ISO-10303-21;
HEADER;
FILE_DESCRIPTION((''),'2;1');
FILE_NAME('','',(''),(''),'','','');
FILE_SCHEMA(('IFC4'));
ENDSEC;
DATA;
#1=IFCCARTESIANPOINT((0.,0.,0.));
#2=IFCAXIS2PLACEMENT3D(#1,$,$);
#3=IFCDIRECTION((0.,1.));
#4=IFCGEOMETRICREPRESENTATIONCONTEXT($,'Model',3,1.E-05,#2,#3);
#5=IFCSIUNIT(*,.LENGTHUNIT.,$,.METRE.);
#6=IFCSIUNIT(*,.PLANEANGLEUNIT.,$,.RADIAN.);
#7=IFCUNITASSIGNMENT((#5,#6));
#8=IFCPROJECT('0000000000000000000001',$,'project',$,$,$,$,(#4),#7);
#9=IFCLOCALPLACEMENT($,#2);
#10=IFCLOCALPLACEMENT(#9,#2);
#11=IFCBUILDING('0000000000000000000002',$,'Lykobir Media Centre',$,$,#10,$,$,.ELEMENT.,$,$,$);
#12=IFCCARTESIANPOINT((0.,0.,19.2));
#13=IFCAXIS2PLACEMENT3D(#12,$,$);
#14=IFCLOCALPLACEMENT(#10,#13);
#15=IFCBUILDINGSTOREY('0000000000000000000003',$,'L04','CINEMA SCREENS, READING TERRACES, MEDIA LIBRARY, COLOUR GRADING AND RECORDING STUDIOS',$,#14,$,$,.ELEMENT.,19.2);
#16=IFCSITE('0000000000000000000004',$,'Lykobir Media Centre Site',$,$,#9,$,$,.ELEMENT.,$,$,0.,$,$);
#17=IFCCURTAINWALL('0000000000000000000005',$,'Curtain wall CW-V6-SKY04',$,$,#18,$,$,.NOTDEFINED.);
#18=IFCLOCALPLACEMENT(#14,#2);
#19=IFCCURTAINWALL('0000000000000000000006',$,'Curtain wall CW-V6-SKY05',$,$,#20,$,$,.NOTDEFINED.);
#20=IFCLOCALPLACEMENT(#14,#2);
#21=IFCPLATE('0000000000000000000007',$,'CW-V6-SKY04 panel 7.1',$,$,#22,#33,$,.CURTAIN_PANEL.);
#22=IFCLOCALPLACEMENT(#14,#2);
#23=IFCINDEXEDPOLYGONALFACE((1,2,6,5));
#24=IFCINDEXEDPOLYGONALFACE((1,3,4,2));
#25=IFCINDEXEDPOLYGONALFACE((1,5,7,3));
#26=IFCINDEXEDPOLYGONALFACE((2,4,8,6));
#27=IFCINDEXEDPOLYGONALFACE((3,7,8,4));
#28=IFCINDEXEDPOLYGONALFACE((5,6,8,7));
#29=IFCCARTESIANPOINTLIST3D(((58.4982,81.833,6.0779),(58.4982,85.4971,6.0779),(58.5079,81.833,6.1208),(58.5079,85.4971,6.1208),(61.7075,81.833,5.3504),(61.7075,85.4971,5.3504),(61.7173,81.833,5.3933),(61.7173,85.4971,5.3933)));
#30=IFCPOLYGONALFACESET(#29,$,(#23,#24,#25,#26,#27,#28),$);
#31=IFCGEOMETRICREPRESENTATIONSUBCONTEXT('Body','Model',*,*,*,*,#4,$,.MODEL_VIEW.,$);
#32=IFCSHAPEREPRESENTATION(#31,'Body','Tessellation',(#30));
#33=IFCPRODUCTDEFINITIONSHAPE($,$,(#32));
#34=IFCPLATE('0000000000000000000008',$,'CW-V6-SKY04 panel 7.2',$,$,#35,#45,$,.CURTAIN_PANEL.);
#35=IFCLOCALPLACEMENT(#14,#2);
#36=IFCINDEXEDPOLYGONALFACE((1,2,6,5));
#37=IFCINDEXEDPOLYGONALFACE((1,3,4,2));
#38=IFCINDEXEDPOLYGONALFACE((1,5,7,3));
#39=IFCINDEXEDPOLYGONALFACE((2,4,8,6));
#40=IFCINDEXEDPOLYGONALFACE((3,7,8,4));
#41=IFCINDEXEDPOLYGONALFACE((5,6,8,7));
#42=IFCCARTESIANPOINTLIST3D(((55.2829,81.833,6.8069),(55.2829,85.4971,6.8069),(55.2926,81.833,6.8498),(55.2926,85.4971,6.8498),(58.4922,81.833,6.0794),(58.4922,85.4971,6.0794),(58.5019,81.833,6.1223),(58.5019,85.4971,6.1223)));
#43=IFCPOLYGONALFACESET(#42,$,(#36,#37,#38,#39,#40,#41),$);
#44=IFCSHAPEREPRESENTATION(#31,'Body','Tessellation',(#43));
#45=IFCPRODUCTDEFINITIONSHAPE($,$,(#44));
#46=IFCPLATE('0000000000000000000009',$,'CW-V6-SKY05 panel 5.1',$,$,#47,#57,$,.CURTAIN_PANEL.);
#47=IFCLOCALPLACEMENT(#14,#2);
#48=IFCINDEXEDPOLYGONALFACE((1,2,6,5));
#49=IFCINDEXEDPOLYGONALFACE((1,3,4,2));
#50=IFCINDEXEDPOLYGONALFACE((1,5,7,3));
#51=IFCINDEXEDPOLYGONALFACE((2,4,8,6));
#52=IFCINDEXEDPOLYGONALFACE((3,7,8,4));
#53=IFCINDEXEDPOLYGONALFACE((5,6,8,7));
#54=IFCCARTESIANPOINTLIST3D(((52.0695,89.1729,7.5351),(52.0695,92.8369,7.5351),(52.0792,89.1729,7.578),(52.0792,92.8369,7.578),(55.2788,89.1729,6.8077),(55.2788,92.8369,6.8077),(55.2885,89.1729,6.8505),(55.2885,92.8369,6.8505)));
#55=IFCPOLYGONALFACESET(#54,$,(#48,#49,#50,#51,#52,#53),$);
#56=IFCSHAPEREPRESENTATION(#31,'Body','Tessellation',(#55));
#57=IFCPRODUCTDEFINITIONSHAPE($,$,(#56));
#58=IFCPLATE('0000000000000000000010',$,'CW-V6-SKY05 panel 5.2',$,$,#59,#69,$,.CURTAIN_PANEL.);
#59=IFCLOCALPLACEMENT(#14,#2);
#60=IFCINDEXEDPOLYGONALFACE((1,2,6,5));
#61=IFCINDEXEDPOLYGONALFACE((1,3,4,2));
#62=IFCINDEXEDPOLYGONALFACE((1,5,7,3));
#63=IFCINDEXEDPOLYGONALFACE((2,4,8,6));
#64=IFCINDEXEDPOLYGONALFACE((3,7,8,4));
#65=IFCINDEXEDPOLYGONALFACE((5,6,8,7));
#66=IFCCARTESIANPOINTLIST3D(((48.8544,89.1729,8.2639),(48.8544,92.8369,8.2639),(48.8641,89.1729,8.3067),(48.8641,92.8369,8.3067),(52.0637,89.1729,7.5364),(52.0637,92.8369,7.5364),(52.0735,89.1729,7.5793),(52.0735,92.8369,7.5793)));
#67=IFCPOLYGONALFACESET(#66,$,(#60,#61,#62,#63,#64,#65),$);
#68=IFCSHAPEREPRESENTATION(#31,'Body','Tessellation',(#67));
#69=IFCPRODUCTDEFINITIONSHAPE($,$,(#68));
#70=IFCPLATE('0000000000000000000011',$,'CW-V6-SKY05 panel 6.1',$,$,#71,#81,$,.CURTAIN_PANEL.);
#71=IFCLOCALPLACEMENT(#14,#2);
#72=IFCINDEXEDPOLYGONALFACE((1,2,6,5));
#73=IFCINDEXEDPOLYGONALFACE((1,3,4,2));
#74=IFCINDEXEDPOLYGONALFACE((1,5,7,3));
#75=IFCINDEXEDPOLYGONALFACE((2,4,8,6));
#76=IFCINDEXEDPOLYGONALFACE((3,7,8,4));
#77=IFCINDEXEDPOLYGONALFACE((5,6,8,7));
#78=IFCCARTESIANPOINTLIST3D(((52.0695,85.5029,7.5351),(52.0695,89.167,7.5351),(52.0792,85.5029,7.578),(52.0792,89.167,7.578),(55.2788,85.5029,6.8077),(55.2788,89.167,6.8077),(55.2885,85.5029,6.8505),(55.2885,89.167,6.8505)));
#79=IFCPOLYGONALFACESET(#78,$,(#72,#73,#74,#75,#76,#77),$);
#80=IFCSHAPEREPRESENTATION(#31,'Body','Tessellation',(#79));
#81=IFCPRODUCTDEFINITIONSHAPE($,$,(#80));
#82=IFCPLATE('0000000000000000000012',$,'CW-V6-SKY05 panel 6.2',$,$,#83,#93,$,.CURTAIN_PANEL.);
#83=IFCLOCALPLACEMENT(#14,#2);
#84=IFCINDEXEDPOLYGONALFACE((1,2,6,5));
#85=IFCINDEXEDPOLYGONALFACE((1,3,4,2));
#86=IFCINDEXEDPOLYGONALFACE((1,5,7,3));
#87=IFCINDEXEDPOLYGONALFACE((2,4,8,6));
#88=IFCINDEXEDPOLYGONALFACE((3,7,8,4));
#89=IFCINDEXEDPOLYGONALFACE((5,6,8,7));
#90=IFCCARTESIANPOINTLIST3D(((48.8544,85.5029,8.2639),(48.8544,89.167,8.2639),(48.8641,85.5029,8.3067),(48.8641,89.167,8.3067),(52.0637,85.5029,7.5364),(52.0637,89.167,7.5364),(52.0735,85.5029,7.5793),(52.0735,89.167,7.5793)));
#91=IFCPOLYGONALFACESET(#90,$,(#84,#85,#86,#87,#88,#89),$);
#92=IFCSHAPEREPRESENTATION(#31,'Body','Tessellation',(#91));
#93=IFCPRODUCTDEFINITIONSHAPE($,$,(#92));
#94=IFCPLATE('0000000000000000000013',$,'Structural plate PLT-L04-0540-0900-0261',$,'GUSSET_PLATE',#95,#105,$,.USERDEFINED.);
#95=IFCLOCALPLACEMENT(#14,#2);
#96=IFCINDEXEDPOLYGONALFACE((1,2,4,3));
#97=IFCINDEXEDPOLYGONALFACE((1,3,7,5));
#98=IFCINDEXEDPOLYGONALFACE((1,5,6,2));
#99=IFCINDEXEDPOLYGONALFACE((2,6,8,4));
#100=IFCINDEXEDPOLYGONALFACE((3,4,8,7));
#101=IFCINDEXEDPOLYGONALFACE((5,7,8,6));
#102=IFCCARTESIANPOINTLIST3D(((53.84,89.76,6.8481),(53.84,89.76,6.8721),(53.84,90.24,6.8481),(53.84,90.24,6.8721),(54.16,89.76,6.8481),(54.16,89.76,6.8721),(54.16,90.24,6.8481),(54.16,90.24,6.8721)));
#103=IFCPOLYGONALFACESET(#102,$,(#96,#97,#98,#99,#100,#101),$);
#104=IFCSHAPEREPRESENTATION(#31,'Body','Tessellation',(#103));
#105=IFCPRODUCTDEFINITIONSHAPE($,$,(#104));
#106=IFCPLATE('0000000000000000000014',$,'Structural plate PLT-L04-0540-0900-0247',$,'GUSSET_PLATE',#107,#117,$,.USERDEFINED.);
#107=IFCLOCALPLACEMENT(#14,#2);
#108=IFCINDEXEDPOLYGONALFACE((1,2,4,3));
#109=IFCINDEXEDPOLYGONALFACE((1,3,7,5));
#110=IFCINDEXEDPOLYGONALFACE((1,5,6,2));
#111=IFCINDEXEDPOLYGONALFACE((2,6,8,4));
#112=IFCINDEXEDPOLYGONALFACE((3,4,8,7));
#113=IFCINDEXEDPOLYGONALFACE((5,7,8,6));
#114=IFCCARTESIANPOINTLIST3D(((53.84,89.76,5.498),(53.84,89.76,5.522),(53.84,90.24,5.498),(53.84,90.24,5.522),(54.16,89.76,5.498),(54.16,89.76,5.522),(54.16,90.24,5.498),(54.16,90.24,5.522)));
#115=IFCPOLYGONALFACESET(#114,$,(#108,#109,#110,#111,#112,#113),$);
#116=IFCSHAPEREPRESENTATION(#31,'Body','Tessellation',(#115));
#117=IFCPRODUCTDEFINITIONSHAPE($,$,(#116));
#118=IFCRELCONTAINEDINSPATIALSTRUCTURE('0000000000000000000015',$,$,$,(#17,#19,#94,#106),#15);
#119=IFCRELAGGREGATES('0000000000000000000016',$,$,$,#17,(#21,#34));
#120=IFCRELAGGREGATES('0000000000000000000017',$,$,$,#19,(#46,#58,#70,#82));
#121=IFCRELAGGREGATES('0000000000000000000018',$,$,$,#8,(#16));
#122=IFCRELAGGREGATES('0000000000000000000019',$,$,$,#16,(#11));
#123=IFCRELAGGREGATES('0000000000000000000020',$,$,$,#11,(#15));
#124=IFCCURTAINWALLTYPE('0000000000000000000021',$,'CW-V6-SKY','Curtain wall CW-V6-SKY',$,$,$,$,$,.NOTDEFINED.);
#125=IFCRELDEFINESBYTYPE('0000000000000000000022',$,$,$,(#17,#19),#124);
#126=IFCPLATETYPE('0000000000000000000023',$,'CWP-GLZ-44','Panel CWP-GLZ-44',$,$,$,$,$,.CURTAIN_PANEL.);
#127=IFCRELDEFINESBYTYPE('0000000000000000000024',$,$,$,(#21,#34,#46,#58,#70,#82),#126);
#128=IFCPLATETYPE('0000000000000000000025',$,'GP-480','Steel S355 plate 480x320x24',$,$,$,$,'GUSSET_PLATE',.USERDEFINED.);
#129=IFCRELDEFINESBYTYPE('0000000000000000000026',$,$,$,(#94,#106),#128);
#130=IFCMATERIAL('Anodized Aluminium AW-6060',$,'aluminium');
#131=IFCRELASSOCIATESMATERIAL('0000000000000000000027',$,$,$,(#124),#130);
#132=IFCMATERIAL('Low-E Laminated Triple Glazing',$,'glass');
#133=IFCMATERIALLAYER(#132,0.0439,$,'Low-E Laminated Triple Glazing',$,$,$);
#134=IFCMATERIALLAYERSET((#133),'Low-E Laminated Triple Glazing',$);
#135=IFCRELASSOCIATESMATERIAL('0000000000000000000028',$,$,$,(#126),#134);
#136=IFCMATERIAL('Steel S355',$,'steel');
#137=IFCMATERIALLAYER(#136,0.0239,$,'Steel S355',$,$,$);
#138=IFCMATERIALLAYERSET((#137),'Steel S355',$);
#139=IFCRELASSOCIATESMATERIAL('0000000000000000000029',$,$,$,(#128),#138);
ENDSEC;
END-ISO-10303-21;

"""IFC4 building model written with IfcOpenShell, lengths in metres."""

from ifc_helpers import new_model, si_unit, direction, frame, origin, origin_2d, place, context, subcontext, project, spatial, rectangle, extrude, material, layer, layer_set, type_object, element, aggregate, save


model = new_model("IFC4")

# Units and contexts
model_context = context("Model", 3, precision=1e-05, world=origin(), true_north=direction((0.0, 1.0)))
body_context = subcontext(model_context, "Body", "Model", "MODEL_VIEW")
ifc_project = project(units=[si_unit("LENGTHUNIT", "METRE"), si_unit("PLANEANGLEUNIT", "RADIAN")], contexts=[model_context])

# Site, building, storey
site_placement = place(None, origin())
site = spatial("IfcSite", under=ifc_project, at=site_placement, Name="Lykobir Media Centre Site", CompositionType="ELEMENT", RefElevation=0.0)
building_placement = place(site_placement, origin())
building = spatial("IfcBuilding", under=site, at=building_placement, Name="Lykobir Media Centre", CompositionType="ELEMENT")
storey_placement = place(building_placement, frame((0.0, 0.0, 19.2)))
storey = spatial("IfcBuildingStorey", under=building, at=storey_placement, Name="L04", Description="CINEMA SCREENS, READING TERRACES, MEDIA LIBRARY, COLOUR GRADING AND RECORDING STUDIOS", CompositionType="ELEMENT", Elevation=19.2)

# Shared definitions
ifc_material_1 = material(Name="Steel S355", Category="steel")

# Curtain walls
ifc_material_2 = material(Name="Anodized Aluminium AW-6060", Category="aluminium")
curtain_wall_type = type_object("IfcCurtainWallType", Name="CW-V6-SKY", Description="Curtain wall CW-V6-SKY", PredefinedType="NOTDEFINED", material=ifc_material_2)
curtain_wall_1_placement = place(storey_placement, origin())
curtain_wall_1 = element("IfcCurtainWall", 1, at=curtain_wall_1_placement, inside=storey, type_object=curtain_wall_type, Name="Curtain wall CW-V6-SKY04", PredefinedType="NOTDEFINED")
curtain_wall_2_placement = place(storey_placement, origin())
curtain_wall_2 = element("IfcCurtainWall", 2, at=curtain_wall_2_placement, inside=storey, type_object=curtain_wall_type, Name="Curtain wall CW-V6-SKY05", PredefinedType="NOTDEFINED")

# Plates
ifc_material_3 = material(Name="Low-E Laminated Triple Glazing", Category="glass")
ifc_layer_1 = layer(ifc_material_3, 0.0439, Name="Low-E Laminated Triple Glazing")
ifc_layer_set_1 = layer_set([ifc_layer_1], Name="Low-E Laminated Triple Glazing")
plate_type_1 = type_object("IfcPlateType", Name="CWP-GLZ-44", Description="Panel CWP-GLZ-44", PredefinedType="CURTAIN_PANEL", material=ifc_layer_set_1)
plate_1_placement = place(storey_placement, frame((61.7124, 83.665, 5.3718), z_axis=(-0.975258, 0.0, 0.221072), x_axis=(0.0, -1.0, 0.0)))
plate_1 = element("IfcPlate", 3, at=plate_1_placement, type_object=plate_type_1, Name="CW-V6-SKY04 panel 7.1", PredefinedType="CURTAIN_PANEL", context=body_context, shape_type="SweptSolid", body=[
    extrude(rectangle(XDim=3.6641, YDim=0.0439, at=origin_2d()), origin(), (0.0, 0.0, 1.0), 3.2908),
])
plate_2_placement = place(storey_placement, frame((58.4971, 83.665, 6.1008), z_axis=(-0.975258, 0.0, 0.221072), x_axis=(0.0, -1.0, 0.0)))
plate_2 = element("IfcPlate", 4, at=plate_2_placement, type_object=plate_type_1, Name="CW-V6-SKY04 panel 7.2", PredefinedType="CURTAIN_PANEL", context=body_context, shape_type="SweptSolid", body=[
    extrude(rectangle(XDim=3.6641, YDim=0.0439, at=origin_2d()), origin(), (0.0, 0.0, 1.0), 3.2908),
])
aggregate(curtain_wall_1, [plate_1, plate_2])
plate_3_placement = place(storey_placement, frame((55.2837, 91.0049, 6.8291), z_axis=(-0.975261, 0.0, 0.221055), x_axis=(0.0, -1.0, 0.0)))
plate_3 = element("IfcPlate", 5, at=plate_3_placement, type_object=plate_type_1, Name="CW-V6-SKY05 panel 5.1", PredefinedType="CURTAIN_PANEL", context=body_context, shape_type="SweptSolid", body=[
    extrude(rectangle(XDim=3.6641, YDim=0.0439, at=origin_2d()), origin(), (0.0, 0.0, 1.0), 3.2908),
])
plate_4_placement = place(storey_placement, frame((52.0686, 91.0049, 7.5579), z_axis=(-0.975261, 0.0, 0.221055), x_axis=(0.0, -1.0, 0.0)))
plate_4 = element("IfcPlate", 6, at=plate_4_placement, type_object=plate_type_1, Name="CW-V6-SKY05 panel 5.2", PredefinedType="CURTAIN_PANEL", context=body_context, shape_type="SweptSolid", body=[
    extrude(rectangle(XDim=3.6641, YDim=0.0439, at=origin_2d()), origin(), (0.0, 0.0, 1.0), 3.2908),
])
plate_5_placement = place(storey_placement, frame((55.2837, 87.335, 6.8291), z_axis=(-0.975261, 0.0, 0.221055), x_axis=(0.0, -1.0, 0.0)))
plate_5 = element("IfcPlate", 7, at=plate_5_placement, type_object=plate_type_1, Name="CW-V6-SKY05 panel 6.1", PredefinedType="CURTAIN_PANEL", context=body_context, shape_type="SweptSolid", body=[
    extrude(rectangle(XDim=3.6641, YDim=0.0439, at=origin_2d()), origin(), (0.0, 0.0, 1.0), 3.2908),
])
plate_6_placement = place(storey_placement, frame((52.0686, 87.335, 7.5579), z_axis=(-0.975261, 0.0, 0.221055), x_axis=(0.0, -1.0, 0.0)))
plate_6 = element("IfcPlate", 8, at=plate_6_placement, type_object=plate_type_1, Name="CW-V6-SKY05 panel 6.2", PredefinedType="CURTAIN_PANEL", context=body_context, shape_type="SweptSolid", body=[
    extrude(rectangle(XDim=3.6641, YDim=0.0439, at=origin_2d()), origin(), (0.0, 0.0, 1.0), 3.2908),
])
aggregate(curtain_wall_2, [plate_3, plate_4, plate_5, plate_6])

# Plates
ifc_layer_2 = layer(ifc_material_1, 0.0239, Name="Steel S355")
ifc_layer_set_2 = layer_set([ifc_layer_2], Name="Steel S355")
plate_type_2 = type_object("IfcPlateType", Name="GP-480", Description="Steel S355 plate 480x320x24", ElementType="GUSSET_PLATE", PredefinedType="USERDEFINED", material=ifc_layer_set_2)
for number, where, z_axis, x_axis, name in (
    (9, (54.0, 90.0, 6.8481), (0.0, 0.0, 1.0), (0.0, 1.0, 0.0), "Structural plate PLT-L04-0540-0900-0261"),
    (10, (54.0, 90.0, 5.498), (0.0, 0.0, 1.0), (0.0, 1.0, 0.0), "Structural plate PLT-L04-0540-0900-0247"),
):
    element("IfcPlate", number, at=place(storey_placement, frame(where, z_axis=z_axis, x_axis=x_axis)), inside=storey, type_object=plate_type_2, Name=name, ObjectType="GUSSET_PLATE", PredefinedType="USERDEFINED", context=body_context, shape_type="SweptSolid", body=[
        extrude(rectangle(XDim=0.48, YDim=0.3201, at=origin_2d()), origin(), (0.0, 0.0, 1.0), 0.0239),
    ])

save(model, "model.ifc")
